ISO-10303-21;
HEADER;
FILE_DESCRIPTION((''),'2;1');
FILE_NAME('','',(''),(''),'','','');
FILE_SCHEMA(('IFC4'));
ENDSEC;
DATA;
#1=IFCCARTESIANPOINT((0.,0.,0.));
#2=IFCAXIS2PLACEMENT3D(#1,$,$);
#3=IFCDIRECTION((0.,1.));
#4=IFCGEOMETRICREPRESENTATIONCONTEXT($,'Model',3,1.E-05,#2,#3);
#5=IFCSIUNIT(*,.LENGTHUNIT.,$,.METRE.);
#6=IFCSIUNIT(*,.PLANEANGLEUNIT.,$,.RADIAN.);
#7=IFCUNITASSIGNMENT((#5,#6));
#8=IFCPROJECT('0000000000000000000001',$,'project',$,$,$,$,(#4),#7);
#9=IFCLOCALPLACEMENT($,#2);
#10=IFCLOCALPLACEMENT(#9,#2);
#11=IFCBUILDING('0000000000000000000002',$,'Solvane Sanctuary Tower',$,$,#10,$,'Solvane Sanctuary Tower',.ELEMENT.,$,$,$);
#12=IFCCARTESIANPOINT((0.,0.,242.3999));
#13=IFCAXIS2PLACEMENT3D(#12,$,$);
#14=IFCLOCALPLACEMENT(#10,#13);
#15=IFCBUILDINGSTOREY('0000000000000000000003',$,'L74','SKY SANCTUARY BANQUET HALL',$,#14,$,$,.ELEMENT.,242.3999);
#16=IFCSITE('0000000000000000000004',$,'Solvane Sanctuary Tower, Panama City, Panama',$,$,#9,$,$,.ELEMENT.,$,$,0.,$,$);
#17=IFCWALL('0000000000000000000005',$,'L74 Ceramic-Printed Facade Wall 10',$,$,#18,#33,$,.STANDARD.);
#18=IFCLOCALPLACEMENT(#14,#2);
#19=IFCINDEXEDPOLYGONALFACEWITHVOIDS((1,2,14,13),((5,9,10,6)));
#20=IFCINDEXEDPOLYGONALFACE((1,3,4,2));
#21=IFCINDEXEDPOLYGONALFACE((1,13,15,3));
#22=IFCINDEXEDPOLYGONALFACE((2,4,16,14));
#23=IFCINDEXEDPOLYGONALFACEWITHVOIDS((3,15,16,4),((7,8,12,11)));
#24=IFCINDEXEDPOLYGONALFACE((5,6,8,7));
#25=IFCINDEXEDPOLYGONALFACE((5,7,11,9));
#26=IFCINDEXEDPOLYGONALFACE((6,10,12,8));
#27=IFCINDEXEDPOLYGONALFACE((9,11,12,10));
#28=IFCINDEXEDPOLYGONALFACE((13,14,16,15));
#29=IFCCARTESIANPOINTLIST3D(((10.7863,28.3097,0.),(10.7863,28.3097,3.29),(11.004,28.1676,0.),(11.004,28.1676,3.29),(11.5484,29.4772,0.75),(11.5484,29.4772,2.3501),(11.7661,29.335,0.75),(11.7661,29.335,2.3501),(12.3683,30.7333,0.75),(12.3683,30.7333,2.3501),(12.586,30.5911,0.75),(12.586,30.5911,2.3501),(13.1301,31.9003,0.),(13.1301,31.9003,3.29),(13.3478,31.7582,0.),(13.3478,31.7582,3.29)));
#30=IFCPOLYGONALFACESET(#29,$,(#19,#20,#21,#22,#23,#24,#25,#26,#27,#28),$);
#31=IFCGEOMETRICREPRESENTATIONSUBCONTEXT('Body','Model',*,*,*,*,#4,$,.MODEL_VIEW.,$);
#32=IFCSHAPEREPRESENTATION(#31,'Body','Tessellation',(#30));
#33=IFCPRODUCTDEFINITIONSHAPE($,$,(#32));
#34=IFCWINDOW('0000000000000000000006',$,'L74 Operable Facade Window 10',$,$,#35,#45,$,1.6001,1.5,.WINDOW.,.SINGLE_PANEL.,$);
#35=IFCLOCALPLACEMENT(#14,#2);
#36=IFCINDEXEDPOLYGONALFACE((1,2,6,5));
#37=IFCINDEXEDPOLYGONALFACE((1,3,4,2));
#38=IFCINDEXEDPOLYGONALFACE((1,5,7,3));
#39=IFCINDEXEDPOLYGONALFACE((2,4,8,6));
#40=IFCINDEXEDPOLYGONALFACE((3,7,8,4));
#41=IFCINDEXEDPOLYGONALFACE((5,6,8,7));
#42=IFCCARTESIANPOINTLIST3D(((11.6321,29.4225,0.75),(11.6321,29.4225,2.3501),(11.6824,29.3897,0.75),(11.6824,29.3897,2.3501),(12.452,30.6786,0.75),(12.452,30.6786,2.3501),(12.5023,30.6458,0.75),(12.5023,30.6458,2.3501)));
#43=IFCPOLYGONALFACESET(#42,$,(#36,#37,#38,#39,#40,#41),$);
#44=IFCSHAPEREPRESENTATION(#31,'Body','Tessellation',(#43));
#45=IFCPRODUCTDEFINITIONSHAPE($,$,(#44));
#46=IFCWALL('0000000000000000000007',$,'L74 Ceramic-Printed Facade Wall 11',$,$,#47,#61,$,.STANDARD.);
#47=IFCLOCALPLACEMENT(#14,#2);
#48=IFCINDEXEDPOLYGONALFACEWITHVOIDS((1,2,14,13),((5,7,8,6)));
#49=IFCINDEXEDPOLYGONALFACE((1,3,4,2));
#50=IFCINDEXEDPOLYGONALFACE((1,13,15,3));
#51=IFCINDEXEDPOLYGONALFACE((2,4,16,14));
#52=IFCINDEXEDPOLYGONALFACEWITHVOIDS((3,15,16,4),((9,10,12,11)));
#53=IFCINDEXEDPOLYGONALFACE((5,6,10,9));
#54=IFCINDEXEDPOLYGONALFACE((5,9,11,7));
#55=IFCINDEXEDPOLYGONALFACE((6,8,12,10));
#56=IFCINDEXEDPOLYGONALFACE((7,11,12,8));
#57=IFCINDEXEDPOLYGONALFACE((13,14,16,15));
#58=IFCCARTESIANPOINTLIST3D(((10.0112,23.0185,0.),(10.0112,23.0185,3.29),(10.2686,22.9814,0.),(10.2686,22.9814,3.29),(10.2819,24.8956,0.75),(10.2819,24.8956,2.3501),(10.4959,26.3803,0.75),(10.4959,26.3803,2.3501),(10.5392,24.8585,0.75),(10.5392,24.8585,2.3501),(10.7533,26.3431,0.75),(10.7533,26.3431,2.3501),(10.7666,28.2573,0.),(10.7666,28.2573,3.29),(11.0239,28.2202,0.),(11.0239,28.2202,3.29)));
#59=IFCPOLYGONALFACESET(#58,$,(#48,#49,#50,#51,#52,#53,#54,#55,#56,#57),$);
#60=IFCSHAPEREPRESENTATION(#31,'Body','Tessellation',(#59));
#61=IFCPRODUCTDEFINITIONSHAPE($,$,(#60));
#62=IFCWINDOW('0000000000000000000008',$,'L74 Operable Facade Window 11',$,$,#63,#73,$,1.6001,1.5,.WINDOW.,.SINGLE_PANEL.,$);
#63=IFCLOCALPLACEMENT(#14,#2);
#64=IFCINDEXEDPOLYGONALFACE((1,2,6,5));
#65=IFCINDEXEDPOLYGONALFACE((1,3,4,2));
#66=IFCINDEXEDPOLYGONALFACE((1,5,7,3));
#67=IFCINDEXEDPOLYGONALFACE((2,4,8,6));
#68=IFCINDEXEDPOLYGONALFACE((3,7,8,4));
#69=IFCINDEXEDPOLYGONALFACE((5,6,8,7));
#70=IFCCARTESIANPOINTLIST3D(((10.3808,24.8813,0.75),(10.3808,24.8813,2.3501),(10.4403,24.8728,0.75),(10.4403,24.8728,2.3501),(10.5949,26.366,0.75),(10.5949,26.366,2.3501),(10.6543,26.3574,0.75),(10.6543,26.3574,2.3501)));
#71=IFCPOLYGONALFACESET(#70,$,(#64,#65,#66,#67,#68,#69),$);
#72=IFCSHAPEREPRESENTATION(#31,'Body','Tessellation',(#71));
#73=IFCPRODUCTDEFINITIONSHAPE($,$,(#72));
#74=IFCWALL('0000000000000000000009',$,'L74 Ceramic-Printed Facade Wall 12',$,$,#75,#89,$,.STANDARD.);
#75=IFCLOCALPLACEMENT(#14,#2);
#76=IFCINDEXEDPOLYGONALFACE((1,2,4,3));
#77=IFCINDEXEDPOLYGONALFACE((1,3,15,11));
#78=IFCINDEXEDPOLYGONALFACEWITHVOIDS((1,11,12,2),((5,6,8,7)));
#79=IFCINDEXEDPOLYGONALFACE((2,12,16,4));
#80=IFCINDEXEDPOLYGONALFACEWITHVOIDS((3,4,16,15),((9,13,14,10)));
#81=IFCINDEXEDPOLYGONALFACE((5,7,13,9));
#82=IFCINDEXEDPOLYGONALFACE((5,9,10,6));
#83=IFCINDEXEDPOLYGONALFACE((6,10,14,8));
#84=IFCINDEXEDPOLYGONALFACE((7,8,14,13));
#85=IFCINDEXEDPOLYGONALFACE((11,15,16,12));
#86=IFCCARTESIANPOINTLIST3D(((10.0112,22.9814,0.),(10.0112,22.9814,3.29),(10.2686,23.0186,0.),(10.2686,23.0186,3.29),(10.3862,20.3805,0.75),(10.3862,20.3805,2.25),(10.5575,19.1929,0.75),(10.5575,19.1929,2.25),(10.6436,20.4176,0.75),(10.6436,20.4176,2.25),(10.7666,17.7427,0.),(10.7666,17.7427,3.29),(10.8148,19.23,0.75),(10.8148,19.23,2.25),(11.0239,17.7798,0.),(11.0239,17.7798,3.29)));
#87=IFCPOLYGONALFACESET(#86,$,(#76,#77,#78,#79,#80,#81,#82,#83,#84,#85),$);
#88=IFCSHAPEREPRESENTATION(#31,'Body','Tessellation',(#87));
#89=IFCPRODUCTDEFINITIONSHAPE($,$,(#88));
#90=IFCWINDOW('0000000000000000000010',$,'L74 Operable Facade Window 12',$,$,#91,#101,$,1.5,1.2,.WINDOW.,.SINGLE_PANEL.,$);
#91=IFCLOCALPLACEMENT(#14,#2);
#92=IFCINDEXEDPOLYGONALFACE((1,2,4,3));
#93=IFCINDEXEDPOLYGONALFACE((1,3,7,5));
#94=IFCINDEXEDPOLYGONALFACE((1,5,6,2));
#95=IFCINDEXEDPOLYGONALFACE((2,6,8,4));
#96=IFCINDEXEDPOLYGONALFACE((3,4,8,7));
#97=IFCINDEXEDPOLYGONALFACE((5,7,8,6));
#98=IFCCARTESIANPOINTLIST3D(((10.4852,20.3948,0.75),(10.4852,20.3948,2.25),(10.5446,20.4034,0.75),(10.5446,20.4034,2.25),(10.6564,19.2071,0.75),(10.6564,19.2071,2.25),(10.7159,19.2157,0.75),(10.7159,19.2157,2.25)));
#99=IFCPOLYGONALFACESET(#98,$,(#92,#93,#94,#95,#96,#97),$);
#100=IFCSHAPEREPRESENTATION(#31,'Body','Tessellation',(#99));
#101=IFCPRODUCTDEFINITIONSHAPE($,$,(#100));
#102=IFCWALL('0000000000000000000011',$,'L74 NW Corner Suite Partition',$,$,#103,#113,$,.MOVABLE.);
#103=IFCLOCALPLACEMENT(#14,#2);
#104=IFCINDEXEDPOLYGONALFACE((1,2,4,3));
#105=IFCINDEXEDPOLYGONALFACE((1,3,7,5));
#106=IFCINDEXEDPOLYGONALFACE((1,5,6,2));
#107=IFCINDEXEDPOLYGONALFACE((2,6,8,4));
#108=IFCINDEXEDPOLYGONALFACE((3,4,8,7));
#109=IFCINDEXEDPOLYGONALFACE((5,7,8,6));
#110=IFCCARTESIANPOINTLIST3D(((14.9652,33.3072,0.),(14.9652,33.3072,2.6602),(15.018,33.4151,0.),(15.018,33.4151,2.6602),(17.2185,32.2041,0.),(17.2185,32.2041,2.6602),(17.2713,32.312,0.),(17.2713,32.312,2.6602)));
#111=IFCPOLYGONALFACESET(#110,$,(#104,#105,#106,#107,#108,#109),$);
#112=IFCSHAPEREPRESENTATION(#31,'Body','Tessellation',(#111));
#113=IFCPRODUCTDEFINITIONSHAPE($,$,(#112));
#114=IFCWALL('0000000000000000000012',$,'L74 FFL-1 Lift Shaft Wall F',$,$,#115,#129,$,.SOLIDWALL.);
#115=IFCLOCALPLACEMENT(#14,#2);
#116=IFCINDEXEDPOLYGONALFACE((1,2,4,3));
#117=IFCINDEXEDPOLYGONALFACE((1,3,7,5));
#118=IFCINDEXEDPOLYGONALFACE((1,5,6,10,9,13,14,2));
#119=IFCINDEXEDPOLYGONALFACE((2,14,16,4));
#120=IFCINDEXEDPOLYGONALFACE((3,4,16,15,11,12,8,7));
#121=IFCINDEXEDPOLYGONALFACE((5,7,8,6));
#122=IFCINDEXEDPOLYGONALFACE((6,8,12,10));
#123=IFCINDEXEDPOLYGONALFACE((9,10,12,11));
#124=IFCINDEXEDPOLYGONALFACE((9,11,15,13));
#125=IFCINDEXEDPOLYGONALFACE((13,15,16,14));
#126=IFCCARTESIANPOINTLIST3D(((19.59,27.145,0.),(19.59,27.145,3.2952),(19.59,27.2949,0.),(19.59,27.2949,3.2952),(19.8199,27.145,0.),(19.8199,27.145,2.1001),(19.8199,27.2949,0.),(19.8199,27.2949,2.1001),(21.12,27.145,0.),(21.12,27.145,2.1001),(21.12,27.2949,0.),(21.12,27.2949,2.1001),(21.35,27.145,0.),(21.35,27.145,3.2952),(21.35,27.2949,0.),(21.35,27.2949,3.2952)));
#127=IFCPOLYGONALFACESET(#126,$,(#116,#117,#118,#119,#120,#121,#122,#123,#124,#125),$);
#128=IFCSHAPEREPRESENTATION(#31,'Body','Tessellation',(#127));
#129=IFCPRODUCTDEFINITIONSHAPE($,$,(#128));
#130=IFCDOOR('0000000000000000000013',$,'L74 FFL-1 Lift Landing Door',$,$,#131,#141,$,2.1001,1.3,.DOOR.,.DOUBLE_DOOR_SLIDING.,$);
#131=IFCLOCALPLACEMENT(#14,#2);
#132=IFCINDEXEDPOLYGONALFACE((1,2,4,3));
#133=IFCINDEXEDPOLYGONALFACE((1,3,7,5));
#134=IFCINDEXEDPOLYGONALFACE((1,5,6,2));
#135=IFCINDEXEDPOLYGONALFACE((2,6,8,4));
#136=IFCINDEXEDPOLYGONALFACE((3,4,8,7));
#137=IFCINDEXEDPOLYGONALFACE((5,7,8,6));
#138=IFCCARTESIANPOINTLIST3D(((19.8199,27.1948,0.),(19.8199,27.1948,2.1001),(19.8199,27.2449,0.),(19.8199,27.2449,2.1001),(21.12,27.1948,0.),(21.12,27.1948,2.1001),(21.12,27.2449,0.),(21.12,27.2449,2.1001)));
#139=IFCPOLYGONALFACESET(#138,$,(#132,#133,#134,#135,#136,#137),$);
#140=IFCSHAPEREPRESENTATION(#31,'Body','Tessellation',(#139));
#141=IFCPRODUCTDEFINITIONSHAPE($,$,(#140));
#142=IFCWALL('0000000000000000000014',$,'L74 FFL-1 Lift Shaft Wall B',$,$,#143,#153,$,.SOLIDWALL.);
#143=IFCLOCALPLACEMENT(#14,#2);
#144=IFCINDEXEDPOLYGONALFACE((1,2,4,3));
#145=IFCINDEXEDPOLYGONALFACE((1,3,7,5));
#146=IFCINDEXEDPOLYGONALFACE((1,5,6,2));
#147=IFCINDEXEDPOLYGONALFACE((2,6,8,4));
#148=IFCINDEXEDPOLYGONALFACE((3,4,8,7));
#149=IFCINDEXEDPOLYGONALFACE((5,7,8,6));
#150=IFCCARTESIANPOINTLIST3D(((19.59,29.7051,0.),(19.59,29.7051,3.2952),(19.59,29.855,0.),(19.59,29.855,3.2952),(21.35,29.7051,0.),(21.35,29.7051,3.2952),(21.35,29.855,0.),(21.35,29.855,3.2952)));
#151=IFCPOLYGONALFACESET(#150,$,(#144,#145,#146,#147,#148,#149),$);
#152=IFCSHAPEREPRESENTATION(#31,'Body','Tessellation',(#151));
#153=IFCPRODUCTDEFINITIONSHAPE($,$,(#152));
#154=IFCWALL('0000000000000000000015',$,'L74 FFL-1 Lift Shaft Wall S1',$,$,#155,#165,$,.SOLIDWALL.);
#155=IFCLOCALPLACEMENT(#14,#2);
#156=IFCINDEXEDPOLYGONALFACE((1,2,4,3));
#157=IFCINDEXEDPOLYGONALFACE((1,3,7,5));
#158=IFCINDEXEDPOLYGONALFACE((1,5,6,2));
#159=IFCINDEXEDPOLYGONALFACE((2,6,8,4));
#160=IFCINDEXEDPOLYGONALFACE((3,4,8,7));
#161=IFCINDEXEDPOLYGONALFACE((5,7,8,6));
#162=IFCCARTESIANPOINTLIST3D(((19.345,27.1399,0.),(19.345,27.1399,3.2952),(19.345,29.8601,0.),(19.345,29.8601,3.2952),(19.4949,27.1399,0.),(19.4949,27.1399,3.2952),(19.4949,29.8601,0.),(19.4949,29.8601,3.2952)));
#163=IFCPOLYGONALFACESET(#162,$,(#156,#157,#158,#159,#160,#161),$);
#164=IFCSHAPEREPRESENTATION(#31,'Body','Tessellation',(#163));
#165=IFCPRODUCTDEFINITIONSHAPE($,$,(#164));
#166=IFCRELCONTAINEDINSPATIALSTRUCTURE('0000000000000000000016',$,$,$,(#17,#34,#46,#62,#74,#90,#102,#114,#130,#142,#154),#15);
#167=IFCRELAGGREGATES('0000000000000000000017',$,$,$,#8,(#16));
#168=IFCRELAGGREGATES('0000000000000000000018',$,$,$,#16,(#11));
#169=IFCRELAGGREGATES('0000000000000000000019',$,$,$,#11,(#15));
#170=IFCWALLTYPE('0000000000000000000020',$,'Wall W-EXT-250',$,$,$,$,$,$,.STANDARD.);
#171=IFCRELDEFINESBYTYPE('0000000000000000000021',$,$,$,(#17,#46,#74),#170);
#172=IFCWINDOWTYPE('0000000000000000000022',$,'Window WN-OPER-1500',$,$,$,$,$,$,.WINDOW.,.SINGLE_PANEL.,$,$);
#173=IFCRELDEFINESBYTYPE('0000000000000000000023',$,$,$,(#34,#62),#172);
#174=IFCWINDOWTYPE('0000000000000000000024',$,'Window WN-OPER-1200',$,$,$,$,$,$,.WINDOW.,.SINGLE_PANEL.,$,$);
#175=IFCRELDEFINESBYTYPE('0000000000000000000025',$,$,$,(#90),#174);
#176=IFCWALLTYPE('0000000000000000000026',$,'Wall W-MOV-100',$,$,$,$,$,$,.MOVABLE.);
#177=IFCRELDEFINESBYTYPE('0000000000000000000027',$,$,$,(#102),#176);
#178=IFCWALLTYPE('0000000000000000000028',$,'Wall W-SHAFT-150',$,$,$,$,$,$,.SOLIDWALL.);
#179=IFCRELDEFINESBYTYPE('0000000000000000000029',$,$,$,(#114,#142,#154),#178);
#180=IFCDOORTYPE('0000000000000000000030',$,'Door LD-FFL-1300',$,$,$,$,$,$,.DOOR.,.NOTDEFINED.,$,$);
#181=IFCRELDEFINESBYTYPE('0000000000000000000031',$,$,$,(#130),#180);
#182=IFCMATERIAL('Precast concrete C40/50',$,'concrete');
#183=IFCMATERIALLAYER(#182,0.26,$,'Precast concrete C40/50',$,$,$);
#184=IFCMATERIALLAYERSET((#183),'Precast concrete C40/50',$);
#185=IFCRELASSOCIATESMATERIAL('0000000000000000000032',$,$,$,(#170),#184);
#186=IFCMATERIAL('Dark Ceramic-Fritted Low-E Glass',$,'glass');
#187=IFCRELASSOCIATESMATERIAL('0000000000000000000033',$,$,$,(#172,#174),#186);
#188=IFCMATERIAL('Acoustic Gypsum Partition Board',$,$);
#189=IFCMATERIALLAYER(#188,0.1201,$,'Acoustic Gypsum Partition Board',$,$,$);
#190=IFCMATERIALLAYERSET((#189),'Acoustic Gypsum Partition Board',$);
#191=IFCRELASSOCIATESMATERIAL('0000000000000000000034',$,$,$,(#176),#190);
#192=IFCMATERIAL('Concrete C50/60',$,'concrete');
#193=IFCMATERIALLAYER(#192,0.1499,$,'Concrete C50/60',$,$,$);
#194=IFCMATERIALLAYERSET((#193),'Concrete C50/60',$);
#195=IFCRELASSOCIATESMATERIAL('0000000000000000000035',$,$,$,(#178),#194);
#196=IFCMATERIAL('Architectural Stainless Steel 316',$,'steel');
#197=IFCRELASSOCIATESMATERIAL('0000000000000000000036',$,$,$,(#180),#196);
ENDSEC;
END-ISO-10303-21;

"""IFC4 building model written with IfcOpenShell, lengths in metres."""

from ifc_helpers import new_model, si_unit, direction, frame, frame_2d, origin, place, context, subcontext, project, spatial, rectangle, extrude, material, layer, layer_set, type_object, element, fill, save


model = new_model("IFC4")

# Units and contexts
model_context = context("Model", 3, precision=1e-05, world=origin(), true_north=direction((0.0, 1.0)))
body_context = subcontext(model_context, "Body", "Model", "MODEL_VIEW")
ifc_project = project(units=[si_unit("LENGTHUNIT", "METRE"), si_unit("PLANEANGLEUNIT", "RADIAN")], contexts=[model_context])

# Site, building, storey
site_placement = place(None, origin())
site = spatial("IfcSite", under=ifc_project, at=site_placement, Name="Solvane Sanctuary Tower, Panama City, Panama", CompositionType="ELEMENT", RefElevation=0.0)
building_placement = place(site_placement, origin())
building = spatial("IfcBuilding", under=site, at=building_placement, Name="Solvane Sanctuary Tower", LongName="Solvane Sanctuary Tower", CompositionType="ELEMENT")
storey_placement = place(building_placement, frame((0.0, 0.0, 242.3999)))
storey = spatial("IfcBuildingStorey", under=building, at=storey_placement, Name="L74", Description="SKY SANCTUARY BANQUET HALL", CompositionType="ELEMENT", Elevation=242.3999)

# Shared definitions
ifc_material_1 = material(Name="Concrete C50/60", Category="concrete")
ifc_material_2 = material(Name="Acoustic Gypsum Partition Board")

# Walls, openings, windows
ifc_material_3 = material(Name="Precast concrete C40/50", Category="concrete")
ifc_layer_1 = layer(ifc_material_3, 0.26, Name="Precast concrete C40/50")
ifc_layer_set_1 = layer_set([ifc_layer_1], Name="Precast concrete C40/50")
wall_type_1 = type_object("IfcWallType", Name="Wall W-EXT-250", PredefinedType="STANDARD", material=ifc_layer_set_1)
wall_1_placement = place(storey_placement, frame((13.239, 31.8293, 0.0), z_axis=(0.0, 0.0, 1.0), x_axis=(-0.546606, -0.83739, 0.0)))
wall_1 = element("IfcWall", 1, at=wall_1_placement, inside=storey, type_object=wall_type_1, Name="L74 Ceramic-Printed Facade Wall 10", PredefinedType="STANDARD", context=body_context, shape_type="SweptSolid", body=[
    extrude(rectangle(XDim=4.2878, YDim=0.26, at=frame_2d((2.144, 0.0))), origin(), (0.0, 0.0, 1.0), 3.29),
])
opening_1_placement = place(wall_1_placement, frame((1.3938, 0.0, 0.75)))
opening_1 = element("IfcOpeningElement", 2, at=opening_1_placement, cuts=wall_1, PredefinedType="OPENING", context=body_context, shape_type="SweptSolid", body=[
    extrude(rectangle(XDim=1.5, YDim=1.6001, at=frame_2d((0.75, 0.8))), frame((0.0, 0.1399, 0.0), z_axis=(0.0, -1.0, 0.0), x_axis=(1.0, 0.0, 0.0)), (0.0, 0.0, 1.0), 0.28),
])
ifc_material_4 = material(Name="Dark Ceramic-Fritted Low-E Glass", Category="glass")
window_type_1 = type_object("IfcWindowType", Name="Window WN-OPER-1500", PartitioningType="SINGLE_PANEL", PredefinedType="WINDOW", material=ifc_material_4)
window_1_placement = place(opening_1_placement, origin())
window_1 = element("IfcWindow", 3, at=window_1_placement, inside=storey, type_object=window_type_1, Name="L74 Operable Facade Window 10", OverallHeight=1.6001, OverallWidth=1.5, PartitioningType="SINGLE_PANEL", PredefinedType="WINDOW", context=body_context, shape_type="SweptSolid", body=[
    extrude(rectangle(XDim=1.5, YDim=1.6001, at=frame_2d((0.75, 0.8))), frame((0.0, 0.03, 0.0), z_axis=(0.0, -1.0, 0.0), x_axis=(1.0, 0.0, 0.0)), (0.0, 0.0, 1.0), 0.0601),
])
fill(opening_1, window_1)
wall_2_placement = place(storey_placement, frame((10.8953, 28.2388, 0.0), z_axis=(0.0, 0.0, 1.0), x_axis=(-0.142713, -0.989764, 0.0)))
wall_2 = element("IfcWall", 4, at=wall_2_placement, inside=storey, type_object=wall_type_1, Name="L74 Ceramic-Printed Facade Wall 11", PredefinedType="STANDARD", context=body_context, shape_type="SweptSolid", body=[
    extrude(rectangle(XDim=5.293, YDim=0.26, at=frame_2d((2.6465, 0.0))), origin(), (0.0, 0.0, 1.0), 3.29),
])
opening_2_placement = place(wall_2_placement, frame((1.8965, 0.0, 0.75)))
opening_2 = element("IfcOpeningElement", 5, at=opening_2_placement, cuts=wall_2, PredefinedType="OPENING", context=body_context, shape_type="SweptSolid", body=[
    extrude(rectangle(XDim=1.5, YDim=1.6001, at=frame_2d((0.75, 0.8))), frame((0.0, 0.1399, 0.0), z_axis=(0.0, -1.0, 0.0), x_axis=(1.0, 0.0, 0.0)), (0.0, 0.0, 1.0), 0.28),
])
window_2_placement = place(opening_2_placement, origin())
window_2 = element("IfcWindow", 6, at=window_2_placement, inside=storey, type_object=window_type_1, Name="L74 Operable Facade Window 11", OverallHeight=1.6001, OverallWidth=1.5, PartitioningType="SINGLE_PANEL", PredefinedType="WINDOW", context=body_context, shape_type="SweptSolid", body=[
    extrude(rectangle(XDim=1.5, YDim=1.6001, at=frame_2d((0.75, 0.8))), frame((0.0, 0.03, 0.0), z_axis=(0.0, -1.0, 0.0), x_axis=(1.0, 0.0, 0.0)), (0.0, 0.0, 1.0), 0.0601),
])
fill(opening_2, window_2)
wall_3_placement = place(storey_placement, frame((10.1399, 23.0, 0.0), z_axis=(0.0, 0.0, 1.0), x_axis=(0.142713, -0.989764, 0.0)))
wall_3 = element("IfcWall", 7, at=wall_3_placement, inside=storey, type_object=wall_type_1, Name="L74 Ceramic-Printed Facade Wall 12", PredefinedType="STANDARD", context=body_context, shape_type="SweptSolid", body=[
    extrude(rectangle(XDim=5.293, YDim=0.26, at=frame_2d((2.6465, 0.0))), origin(), (0.0, 0.0, 1.0), 3.29),
])
opening_3_placement = place(wall_3_placement, frame((2.6277, 0.0, 0.75)))
opening_3 = element("IfcOpeningElement", 8, at=opening_3_placement, cuts=wall_3, PredefinedType="OPENING", context=body_context, shape_type="SweptSolid", body=[
    extrude(rectangle(XDim=1.2, YDim=1.5, at=frame_2d((0.6001, 0.75))), frame((0.0, 0.1399, 0.0), z_axis=(0.0, -1.0, 0.0), x_axis=(1.0, 0.0, 0.0)), (0.0, 0.0, 1.0), 0.28),
])
window_type_2 = type_object("IfcWindowType", Name="Window WN-OPER-1200", PartitioningType="SINGLE_PANEL", PredefinedType="WINDOW", material=ifc_material_4)
window_3_placement = place(opening_3_placement, origin())
window_3 = element("IfcWindow", 9, at=window_3_placement, inside=storey, type_object=window_type_2, Name="L74 Operable Facade Window 12", OverallHeight=1.5, OverallWidth=1.2, PartitioningType="SINGLE_PANEL", PredefinedType="WINDOW", context=body_context, shape_type="SweptSolid", body=[
    extrude(rectangle(XDim=1.2, YDim=1.5, at=frame_2d((0.6001, 0.75))), frame((0.0, 0.03, 0.0), z_axis=(0.0, -1.0, 0.0), x_axis=(1.0, 0.0, 0.0)), (0.0, 0.0, 1.0), 0.0601),
])
fill(opening_3, window_3)

# Wall
ifc_layer_2 = layer(ifc_material_2, 0.1201, Name="Acoustic Gypsum Partition Board")
ifc_layer_set_2 = layer_set([ifc_layer_2], Name="Acoustic Gypsum Partition Board")
wall_type_2 = type_object("IfcWallType", Name="Wall W-MOV-100", PredefinedType="MOVABLE", material=ifc_layer_set_2)
wall_4_placement = place(storey_placement, frame((17.2449, 32.2581, 0.0), z_axis=(0.0, 0.0, 1.0), x_axis=(-0.898152, 0.439685, 0.0)))
element("IfcWall", 10, at=wall_4_placement, inside=storey, type_object=wall_type_2, Name="L74 NW Corner Suite Partition", PredefinedType="MOVABLE", context=body_context, shape_type="SweptSolid", body=[
    extrude(rectangle(XDim=2.5088, YDim=0.1201, at=frame_2d((1.2544, 0.0))), origin(), (0.0, 0.0, 1.0), 2.6602),
])

# Wall, opening, door
ifc_layer_3 = layer(ifc_material_1, 0.1499, Name="Concrete C50/60")
ifc_layer_set_3 = layer_set([ifc_layer_3], Name="Concrete C50/60")
wall_type_3 = type_object("IfcWallType", Name="Wall W-SHAFT-150", PredefinedType="SOLIDWALL", material=ifc_layer_set_3)
wall_5_placement = place(storey_placement, frame((19.5901, 27.22, 0.0), z_axis=(0.0, 0.0, 1.0), x_axis=(1.0, 0.0, 0.0)))
wall_5 = element("IfcWall", 11, at=wall_5_placement, inside=storey, type_object=wall_type_3, Name="L74 FFL-1 Lift Shaft Wall F", PredefinedType="SOLIDWALL", context=body_context, shape_type="SweptSolid", body=[
    extrude(rectangle(XDim=1.76, YDim=0.1499, at=frame_2d((0.8799, 0.0))), origin(), (0.0, 0.0, 1.0), 3.2952),
])
opening_4_placement = place(wall_5_placement, frame((0.23, 0.0, 0.0)))
opening_4 = element("IfcOpeningElement", 12, at=opening_4_placement, cuts=wall_5, PredefinedType="OPENING", context=body_context, shape_type="SweptSolid", body=[
    extrude(rectangle(XDim=1.3, YDim=2.1001, at=frame_2d((0.6499, 1.05))), frame((0.0, 0.085, 0.0), z_axis=(0.0, -1.0, 0.0), x_axis=(1.0, 0.0, 0.0)), (0.0, 0.0, 1.0), 0.1699),
])
ifc_material_5 = material(Name="Architectural Stainless Steel 316", Category="steel")
door_type_1 = type_object("IfcDoorType", Name="Door LD-FFL-1300", OperationType="NOTDEFINED", PredefinedType="DOOR", material=ifc_material_5)
door_1_placement = place(opening_4_placement, origin())
door_1 = element("IfcDoor", 13, at=door_1_placement, inside=storey, type_object=door_type_1, Name="L74 FFL-1 Lift Landing Door", OperationType="DOUBLE_DOOR_SLIDING", OverallHeight=2.1001, OverallWidth=1.3, PredefinedType="DOOR", context=body_context, shape_type="SweptSolid", body=[
    extrude(rectangle(XDim=1.3, YDim=2.1001, at=frame_2d((0.6499, 1.05))), frame((0.0, 0.0249, 0.0), z_axis=(0.0, -1.0, 0.0), x_axis=(1.0, 0.0, 0.0)), (0.0, 0.0, 1.0), 0.05),
])
fill(opening_4, door_1)

# Walls
wall_6_placement = place(storey_placement, frame((19.5901, 29.78, 0.0), z_axis=(0.0, 0.0, 1.0), x_axis=(1.0, 0.0, 0.0)))
element("IfcWall", 14, at=wall_6_placement, inside=storey, type_object=wall_type_3, Name="L74 FFL-1 Lift Shaft Wall B", PredefinedType="SOLIDWALL", context=body_context, shape_type="SweptSolid", body=[
    extrude(rectangle(XDim=1.76, YDim=0.1499, at=frame_2d((0.8799, 0.0))), origin(), (0.0, 0.0, 1.0), 3.2952),
])
for number, where, z_axis, x_axis, name in (
    (15, (19.4199, 27.1399, 0.0), (0.0, 0.0, 1.0), (0.0, 1.0, 0.0), "L74 FFL-1 Lift Shaft Wall S1"),
):
    element("IfcWall", number, at=place(storey_placement, frame(where, z_axis=z_axis, x_axis=x_axis)), inside=storey, type_object=wall_type_3, Name=name, PredefinedType="SOLIDWALL", context=body_context, shape_type="SweptSolid", body=[
        extrude(rectangle(XDim=2.7202, YDim=0.1499, at=frame_2d((1.3601, 0.0))), origin(), (0.0, 0.0, 1.0), 3.2952),
    ])

save(model, "model.ifc")
